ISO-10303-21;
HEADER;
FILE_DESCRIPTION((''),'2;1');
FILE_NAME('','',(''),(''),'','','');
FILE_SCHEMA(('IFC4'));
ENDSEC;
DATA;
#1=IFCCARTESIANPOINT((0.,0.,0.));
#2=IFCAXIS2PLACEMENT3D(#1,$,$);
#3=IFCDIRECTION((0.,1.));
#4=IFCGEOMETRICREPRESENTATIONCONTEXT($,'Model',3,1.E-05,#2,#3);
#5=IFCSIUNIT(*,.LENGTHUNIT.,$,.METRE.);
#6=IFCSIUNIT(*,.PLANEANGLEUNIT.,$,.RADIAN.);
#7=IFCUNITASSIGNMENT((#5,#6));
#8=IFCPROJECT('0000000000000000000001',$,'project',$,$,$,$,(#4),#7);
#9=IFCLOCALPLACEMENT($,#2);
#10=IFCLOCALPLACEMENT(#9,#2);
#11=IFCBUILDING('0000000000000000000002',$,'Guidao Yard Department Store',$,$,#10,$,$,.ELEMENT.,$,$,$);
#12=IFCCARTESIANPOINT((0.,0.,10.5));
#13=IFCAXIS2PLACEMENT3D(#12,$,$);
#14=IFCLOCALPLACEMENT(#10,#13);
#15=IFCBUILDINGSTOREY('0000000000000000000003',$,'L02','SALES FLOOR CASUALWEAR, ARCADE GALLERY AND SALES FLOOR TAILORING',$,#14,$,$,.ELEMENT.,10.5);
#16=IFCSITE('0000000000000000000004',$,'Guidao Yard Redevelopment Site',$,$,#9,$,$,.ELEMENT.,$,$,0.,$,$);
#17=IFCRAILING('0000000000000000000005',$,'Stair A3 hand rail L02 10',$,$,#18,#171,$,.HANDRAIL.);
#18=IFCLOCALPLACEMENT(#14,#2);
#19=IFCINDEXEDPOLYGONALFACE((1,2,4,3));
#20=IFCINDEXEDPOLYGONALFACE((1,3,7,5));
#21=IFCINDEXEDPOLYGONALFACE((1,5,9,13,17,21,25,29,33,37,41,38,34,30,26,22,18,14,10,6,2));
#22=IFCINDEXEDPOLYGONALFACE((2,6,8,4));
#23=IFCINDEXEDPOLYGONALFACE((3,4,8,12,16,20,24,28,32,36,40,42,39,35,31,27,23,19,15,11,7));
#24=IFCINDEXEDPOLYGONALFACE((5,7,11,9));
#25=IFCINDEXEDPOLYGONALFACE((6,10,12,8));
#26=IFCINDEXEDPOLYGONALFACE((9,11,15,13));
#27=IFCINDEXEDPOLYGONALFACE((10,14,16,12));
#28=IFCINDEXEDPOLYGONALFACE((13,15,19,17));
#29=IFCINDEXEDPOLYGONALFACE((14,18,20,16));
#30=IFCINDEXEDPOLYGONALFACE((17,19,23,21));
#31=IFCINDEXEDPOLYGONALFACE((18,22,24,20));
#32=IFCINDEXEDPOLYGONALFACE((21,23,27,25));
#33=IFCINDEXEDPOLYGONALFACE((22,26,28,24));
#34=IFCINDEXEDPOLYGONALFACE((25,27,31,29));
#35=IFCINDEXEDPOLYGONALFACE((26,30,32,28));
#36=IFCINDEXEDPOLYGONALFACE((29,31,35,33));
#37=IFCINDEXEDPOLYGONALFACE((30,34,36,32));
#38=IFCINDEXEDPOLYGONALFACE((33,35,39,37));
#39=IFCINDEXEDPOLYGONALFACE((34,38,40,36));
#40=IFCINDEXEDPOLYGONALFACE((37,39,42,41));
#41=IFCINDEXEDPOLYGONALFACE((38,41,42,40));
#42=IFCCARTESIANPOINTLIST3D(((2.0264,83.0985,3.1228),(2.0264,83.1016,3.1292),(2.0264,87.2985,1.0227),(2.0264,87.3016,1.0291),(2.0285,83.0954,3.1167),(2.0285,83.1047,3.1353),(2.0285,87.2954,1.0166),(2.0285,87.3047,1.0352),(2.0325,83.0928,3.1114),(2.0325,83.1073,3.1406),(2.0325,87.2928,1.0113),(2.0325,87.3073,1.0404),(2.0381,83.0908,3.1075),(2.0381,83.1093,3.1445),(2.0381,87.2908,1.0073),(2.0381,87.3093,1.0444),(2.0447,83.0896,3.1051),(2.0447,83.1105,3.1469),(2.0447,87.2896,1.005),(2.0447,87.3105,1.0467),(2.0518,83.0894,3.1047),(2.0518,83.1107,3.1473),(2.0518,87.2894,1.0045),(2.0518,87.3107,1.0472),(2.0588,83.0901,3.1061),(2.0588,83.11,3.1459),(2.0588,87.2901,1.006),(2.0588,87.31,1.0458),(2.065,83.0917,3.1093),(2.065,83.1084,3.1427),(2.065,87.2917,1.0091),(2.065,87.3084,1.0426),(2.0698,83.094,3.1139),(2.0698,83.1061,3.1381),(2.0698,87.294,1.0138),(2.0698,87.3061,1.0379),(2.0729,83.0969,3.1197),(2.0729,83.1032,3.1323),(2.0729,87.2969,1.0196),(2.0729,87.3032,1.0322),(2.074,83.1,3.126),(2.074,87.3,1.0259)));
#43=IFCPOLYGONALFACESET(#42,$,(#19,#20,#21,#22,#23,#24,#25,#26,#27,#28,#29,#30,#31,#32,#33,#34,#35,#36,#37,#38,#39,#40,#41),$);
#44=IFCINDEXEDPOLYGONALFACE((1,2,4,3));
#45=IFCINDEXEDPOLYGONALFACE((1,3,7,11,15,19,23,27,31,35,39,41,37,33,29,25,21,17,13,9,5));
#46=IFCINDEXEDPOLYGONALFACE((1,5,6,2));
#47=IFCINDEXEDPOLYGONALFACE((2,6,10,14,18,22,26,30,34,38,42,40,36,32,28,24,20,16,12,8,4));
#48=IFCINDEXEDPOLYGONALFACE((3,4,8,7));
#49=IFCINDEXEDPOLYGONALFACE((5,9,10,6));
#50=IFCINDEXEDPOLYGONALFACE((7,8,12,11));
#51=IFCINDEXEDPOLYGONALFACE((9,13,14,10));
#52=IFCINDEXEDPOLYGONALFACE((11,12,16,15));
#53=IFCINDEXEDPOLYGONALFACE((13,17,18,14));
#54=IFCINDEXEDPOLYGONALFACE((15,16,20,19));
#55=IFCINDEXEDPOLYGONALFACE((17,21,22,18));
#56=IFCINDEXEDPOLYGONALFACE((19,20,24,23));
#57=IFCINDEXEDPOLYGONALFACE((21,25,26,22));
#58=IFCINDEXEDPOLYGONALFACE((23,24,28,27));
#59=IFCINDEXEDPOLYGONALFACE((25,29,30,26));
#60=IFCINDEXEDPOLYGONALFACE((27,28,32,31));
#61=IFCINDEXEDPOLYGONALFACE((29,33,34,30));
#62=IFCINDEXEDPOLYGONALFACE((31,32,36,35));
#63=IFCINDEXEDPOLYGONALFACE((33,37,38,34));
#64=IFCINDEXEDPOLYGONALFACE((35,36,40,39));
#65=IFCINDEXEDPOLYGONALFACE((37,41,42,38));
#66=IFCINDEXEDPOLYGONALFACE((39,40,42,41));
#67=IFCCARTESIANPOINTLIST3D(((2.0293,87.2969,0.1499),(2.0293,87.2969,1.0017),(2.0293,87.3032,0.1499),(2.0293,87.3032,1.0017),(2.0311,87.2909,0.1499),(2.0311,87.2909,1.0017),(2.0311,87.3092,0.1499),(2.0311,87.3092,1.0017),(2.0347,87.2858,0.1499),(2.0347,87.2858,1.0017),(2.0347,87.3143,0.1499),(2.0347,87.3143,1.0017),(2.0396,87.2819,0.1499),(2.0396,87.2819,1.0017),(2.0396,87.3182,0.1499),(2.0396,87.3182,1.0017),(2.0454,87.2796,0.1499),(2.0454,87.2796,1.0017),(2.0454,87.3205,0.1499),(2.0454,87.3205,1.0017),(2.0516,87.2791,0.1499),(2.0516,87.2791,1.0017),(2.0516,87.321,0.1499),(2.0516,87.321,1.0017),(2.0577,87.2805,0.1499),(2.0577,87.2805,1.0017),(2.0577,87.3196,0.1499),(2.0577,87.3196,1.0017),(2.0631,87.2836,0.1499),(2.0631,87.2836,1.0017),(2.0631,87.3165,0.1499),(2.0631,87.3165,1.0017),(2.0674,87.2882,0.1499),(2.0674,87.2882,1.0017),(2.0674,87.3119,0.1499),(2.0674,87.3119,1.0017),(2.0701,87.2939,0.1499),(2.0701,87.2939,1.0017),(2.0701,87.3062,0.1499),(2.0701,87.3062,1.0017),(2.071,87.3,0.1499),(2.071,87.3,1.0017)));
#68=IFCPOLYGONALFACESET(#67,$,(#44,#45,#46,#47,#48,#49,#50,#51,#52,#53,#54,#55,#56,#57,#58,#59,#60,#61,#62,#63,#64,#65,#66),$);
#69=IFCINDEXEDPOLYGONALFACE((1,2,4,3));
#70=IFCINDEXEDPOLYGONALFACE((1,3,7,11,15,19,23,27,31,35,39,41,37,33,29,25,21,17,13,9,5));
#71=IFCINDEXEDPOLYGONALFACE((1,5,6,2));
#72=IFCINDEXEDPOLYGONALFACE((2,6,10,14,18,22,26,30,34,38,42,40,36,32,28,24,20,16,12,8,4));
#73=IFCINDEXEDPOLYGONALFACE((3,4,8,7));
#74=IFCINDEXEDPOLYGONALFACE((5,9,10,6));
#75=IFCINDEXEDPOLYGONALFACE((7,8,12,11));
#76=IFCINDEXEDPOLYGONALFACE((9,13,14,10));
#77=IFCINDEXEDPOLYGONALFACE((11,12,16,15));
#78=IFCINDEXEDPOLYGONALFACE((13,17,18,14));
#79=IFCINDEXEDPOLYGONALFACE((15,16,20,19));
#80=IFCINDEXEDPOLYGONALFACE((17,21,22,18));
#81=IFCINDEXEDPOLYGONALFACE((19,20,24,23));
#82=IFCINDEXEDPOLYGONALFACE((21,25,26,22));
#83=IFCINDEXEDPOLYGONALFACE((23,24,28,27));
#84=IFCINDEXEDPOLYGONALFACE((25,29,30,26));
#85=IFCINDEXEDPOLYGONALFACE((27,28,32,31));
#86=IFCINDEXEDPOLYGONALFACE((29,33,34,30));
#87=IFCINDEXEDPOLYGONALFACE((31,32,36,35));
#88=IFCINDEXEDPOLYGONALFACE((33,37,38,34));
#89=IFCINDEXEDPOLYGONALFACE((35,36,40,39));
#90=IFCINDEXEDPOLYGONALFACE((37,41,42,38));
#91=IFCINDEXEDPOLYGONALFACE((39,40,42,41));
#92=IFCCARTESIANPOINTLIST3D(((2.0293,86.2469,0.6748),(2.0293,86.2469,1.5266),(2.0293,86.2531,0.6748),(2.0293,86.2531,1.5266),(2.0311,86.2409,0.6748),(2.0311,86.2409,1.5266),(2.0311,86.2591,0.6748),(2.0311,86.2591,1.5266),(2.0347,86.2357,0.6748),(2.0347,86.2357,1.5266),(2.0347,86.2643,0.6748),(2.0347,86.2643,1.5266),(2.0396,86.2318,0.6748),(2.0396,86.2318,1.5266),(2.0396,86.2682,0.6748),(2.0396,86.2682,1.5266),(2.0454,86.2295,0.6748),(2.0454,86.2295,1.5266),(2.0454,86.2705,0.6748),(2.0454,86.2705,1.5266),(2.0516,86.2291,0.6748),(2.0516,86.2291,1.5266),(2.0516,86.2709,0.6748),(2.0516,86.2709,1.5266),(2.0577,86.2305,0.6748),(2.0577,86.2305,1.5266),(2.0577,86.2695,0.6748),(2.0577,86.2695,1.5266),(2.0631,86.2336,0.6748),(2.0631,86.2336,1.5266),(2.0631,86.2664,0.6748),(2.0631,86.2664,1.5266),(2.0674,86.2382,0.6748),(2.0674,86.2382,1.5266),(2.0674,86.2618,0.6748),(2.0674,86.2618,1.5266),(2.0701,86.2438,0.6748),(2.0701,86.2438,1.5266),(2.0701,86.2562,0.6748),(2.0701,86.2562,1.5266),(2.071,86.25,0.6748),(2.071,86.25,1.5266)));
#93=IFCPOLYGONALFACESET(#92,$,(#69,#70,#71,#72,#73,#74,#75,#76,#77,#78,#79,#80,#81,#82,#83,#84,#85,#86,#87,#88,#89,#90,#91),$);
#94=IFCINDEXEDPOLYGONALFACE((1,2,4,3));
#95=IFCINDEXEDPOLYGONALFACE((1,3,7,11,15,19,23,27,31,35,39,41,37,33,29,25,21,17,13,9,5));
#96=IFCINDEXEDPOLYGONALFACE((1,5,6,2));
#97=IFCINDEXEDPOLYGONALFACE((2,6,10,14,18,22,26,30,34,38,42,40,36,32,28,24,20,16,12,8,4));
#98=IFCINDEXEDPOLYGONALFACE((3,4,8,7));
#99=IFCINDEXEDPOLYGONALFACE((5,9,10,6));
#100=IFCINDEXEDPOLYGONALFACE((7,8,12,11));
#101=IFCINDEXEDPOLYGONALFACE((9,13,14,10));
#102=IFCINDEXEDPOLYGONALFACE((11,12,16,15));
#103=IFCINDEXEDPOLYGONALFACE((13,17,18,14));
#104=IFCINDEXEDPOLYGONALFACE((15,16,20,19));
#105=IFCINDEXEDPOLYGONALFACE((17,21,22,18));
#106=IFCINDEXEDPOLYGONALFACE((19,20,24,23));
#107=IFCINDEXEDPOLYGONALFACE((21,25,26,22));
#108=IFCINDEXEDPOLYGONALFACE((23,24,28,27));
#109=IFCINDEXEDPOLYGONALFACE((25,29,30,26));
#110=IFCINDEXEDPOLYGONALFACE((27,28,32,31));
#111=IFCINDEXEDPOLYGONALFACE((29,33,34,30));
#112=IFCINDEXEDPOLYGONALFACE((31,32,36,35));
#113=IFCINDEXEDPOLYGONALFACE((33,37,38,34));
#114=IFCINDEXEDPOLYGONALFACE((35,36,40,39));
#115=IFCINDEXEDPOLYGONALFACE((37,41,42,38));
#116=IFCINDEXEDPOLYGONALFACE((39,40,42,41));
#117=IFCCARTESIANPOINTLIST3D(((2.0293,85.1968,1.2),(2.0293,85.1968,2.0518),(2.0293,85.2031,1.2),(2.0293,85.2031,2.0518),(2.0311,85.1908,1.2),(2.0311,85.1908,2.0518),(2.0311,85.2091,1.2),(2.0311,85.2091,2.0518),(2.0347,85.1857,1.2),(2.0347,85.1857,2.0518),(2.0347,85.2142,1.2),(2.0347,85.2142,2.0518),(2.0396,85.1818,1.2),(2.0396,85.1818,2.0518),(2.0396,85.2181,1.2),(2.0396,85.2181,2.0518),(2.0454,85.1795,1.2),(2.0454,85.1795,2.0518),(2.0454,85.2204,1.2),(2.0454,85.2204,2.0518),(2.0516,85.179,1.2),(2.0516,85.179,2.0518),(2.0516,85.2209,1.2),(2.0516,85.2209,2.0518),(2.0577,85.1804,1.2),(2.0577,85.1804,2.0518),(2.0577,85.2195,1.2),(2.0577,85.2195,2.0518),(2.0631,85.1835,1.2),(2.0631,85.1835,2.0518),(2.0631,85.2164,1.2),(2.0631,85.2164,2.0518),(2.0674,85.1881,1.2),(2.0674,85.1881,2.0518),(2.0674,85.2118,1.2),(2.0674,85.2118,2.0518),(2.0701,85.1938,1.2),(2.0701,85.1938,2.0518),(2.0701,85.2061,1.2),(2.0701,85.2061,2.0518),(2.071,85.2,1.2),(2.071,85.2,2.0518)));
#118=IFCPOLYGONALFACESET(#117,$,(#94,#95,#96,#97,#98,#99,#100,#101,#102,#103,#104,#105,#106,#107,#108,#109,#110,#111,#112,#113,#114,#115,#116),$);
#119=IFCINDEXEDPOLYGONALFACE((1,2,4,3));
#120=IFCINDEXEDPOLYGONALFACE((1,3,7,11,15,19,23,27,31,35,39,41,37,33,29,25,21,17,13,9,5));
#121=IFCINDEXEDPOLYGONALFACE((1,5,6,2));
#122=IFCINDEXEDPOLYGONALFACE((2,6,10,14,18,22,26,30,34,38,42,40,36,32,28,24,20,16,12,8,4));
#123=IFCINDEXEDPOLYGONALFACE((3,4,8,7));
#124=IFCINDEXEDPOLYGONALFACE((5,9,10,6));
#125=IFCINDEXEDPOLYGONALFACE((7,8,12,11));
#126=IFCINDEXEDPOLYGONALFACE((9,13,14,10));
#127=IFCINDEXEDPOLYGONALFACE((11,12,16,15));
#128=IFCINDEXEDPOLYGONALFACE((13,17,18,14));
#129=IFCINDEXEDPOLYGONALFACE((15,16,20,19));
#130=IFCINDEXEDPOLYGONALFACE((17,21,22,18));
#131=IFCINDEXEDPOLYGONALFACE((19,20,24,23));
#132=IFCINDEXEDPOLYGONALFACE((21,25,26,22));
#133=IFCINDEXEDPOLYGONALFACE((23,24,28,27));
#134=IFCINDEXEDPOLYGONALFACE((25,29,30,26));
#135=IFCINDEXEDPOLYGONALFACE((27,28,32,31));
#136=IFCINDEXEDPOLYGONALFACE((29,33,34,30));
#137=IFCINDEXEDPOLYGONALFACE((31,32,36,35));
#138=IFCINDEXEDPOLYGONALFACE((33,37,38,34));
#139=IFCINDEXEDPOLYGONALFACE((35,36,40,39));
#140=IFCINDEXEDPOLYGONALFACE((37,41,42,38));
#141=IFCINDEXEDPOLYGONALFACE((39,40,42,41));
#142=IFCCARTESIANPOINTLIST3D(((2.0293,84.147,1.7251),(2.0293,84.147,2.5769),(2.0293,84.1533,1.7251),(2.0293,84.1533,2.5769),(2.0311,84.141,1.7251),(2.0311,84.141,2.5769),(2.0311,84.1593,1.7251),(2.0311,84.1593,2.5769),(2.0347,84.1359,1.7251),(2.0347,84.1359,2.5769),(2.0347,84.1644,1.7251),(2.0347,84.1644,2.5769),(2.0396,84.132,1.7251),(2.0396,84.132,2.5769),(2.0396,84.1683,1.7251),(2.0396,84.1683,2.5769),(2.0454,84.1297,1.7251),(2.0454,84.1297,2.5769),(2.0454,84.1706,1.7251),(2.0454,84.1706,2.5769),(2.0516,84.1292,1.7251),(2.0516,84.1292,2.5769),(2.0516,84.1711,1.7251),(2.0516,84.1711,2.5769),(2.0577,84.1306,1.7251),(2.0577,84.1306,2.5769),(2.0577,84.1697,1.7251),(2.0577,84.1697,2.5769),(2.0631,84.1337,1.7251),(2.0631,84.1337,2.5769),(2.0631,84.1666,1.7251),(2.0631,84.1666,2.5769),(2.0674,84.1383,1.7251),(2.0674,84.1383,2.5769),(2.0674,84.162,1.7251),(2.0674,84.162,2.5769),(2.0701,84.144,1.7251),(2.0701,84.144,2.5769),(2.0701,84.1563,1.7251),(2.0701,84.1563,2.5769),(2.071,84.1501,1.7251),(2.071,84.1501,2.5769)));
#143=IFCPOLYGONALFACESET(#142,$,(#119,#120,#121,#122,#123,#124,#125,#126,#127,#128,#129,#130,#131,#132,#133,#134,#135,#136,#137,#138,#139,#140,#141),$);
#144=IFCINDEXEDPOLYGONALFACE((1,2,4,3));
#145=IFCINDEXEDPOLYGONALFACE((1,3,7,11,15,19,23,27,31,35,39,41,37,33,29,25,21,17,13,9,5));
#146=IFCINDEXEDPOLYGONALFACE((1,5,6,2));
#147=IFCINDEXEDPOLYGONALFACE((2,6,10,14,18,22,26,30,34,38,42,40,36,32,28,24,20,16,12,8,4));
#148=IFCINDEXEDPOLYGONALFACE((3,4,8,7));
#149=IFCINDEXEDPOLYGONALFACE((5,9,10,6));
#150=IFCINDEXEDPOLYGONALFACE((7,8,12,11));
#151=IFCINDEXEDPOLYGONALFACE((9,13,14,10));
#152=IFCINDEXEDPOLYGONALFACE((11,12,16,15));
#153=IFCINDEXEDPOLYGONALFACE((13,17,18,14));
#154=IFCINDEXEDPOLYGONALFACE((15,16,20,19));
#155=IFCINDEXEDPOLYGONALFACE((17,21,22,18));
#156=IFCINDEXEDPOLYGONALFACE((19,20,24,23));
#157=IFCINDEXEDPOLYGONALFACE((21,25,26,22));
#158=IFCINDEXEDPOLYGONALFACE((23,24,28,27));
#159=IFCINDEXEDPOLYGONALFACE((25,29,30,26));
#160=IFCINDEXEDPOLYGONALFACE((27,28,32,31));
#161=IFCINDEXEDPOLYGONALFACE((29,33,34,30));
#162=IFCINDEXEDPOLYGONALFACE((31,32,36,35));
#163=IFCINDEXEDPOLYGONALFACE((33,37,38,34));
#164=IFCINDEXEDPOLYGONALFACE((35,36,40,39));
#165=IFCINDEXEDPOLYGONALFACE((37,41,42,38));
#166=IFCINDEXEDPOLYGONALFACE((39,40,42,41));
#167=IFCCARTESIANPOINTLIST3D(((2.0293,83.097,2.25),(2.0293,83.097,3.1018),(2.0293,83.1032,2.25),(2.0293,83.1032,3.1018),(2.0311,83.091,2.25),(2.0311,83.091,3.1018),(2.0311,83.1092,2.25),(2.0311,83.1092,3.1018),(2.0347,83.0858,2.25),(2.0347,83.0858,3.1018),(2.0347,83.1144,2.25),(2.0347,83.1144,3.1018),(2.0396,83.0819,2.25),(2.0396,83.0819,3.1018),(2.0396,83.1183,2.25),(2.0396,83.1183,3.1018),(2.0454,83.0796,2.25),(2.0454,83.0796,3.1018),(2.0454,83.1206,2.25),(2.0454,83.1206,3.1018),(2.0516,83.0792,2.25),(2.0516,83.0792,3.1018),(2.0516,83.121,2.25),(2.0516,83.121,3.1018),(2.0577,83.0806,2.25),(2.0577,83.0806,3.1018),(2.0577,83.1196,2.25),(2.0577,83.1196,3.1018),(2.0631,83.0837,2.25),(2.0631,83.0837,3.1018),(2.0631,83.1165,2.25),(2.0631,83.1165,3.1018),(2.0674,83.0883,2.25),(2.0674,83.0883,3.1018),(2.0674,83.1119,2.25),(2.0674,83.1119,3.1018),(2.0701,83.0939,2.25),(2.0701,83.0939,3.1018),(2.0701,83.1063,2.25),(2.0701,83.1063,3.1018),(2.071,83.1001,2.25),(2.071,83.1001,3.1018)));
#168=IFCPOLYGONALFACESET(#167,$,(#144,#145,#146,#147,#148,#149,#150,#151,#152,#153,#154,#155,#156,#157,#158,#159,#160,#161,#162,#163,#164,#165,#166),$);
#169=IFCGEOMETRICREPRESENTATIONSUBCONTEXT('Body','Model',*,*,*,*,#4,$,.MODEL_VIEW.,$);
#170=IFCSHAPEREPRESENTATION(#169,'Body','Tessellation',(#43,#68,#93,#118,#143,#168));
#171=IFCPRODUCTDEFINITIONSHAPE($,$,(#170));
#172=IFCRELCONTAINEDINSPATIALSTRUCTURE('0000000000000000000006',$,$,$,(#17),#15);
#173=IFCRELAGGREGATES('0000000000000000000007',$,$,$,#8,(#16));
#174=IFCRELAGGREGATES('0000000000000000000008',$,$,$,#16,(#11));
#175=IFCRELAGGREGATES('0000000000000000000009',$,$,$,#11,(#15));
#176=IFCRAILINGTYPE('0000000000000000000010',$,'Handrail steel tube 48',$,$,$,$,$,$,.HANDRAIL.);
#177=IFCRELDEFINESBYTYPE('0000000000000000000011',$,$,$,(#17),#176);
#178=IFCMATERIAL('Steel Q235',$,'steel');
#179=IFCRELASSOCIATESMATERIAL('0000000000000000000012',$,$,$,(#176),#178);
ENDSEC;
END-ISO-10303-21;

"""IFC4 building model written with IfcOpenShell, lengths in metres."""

from ifc_helpers import new_model, si_unit, direction, frame, origin, origin_2d, place, context, subcontext, project, spatial, circle, extrude, material, type_object, element, save


model = new_model("IFC4")

# Units and contexts
model_context = context("Model", 3, precision=1e-05, world=origin(), true_north=direction((0.0, 1.0)))
body_context = subcontext(model_context, "Body", "Model", "MODEL_VIEW")
ifc_project = project(units=[si_unit("LENGTHUNIT", "METRE"), si_unit("PLANEANGLEUNIT", "RADIAN")], contexts=[model_context])

# Site, building, storey
site_placement = place(None, origin())
site = spatial("IfcSite", under=ifc_project, at=site_placement, Name="Guidao Yard Redevelopment Site", CompositionType="ELEMENT", RefElevation=0.0)
building_placement = place(site_placement, origin())
building = spatial("IfcBuilding", under=site, at=building_placement, Name="Guidao Yard Department Store", CompositionType="ELEMENT")
storey_placement = place(building_placement, frame((0.0, 0.0, 10.5)))
storey = spatial("IfcBuildingStorey", under=building, at=storey_placement, Name="L02", Description="SALES FLOOR CASUALWEAR, ARCADE GALLERY AND SALES FLOOR TAILORING", CompositionType="ELEMENT", Elevation=10.5)

# Railing
ifc_material_1 = material(Name="Steel Q235", Category="steel")
railing_type_1 = type_object("IfcRailingType", Name="Handrail steel tube 48", PredefinedType="HANDRAIL", material=ifc_material_1)
for number, where, name in (
    (1, (2.05, 87.3, 0.1499), "Stair A3 hand rail L02 10"),
):
    element("IfcRailing", number, at=place(storey_placement, frame(where)), inside=storey, type_object=railing_type_1, Name=name, PredefinedType="HANDRAIL", context=body_context, shape_type="SweptSolid", body=[
        extrude(circle(Radius=0.0239, at=origin_2d()), frame((0.0, 0.0, 0.876), z_axis=(0.0, -0.894417, 0.447234), x_axis=(1.0, 0.0, 0.0)), (0.0, 0.0, 1.0), 4.6958),
        extrude(circle(Radius=0.021, at=origin_2d()), origin(), (0.0, 0.0, 1.0), 0.8518),
        extrude(circle(Radius=0.021, at=origin_2d()), frame((0.0, -1.05, 0.5249)), (0.0, 0.0, 1.0), 0.8518),
        extrude(circle(Radius=0.021, at=origin_2d()), frame((0.0, -2.1001, 1.05)), (0.0, 0.0, 1.0), 0.8518),
        extrude(circle(Radius=0.021, at=origin_2d()), frame((0.0, -3.1499, 1.5752)), (0.0, 0.0, 1.0), 0.8518),
        extrude(circle(Radius=0.021, at=origin_2d()), frame((0.0, -4.2, 2.1001)), (0.0, 0.0, 1.0), 0.8518),
    ])

save(model, "model.ifc")
